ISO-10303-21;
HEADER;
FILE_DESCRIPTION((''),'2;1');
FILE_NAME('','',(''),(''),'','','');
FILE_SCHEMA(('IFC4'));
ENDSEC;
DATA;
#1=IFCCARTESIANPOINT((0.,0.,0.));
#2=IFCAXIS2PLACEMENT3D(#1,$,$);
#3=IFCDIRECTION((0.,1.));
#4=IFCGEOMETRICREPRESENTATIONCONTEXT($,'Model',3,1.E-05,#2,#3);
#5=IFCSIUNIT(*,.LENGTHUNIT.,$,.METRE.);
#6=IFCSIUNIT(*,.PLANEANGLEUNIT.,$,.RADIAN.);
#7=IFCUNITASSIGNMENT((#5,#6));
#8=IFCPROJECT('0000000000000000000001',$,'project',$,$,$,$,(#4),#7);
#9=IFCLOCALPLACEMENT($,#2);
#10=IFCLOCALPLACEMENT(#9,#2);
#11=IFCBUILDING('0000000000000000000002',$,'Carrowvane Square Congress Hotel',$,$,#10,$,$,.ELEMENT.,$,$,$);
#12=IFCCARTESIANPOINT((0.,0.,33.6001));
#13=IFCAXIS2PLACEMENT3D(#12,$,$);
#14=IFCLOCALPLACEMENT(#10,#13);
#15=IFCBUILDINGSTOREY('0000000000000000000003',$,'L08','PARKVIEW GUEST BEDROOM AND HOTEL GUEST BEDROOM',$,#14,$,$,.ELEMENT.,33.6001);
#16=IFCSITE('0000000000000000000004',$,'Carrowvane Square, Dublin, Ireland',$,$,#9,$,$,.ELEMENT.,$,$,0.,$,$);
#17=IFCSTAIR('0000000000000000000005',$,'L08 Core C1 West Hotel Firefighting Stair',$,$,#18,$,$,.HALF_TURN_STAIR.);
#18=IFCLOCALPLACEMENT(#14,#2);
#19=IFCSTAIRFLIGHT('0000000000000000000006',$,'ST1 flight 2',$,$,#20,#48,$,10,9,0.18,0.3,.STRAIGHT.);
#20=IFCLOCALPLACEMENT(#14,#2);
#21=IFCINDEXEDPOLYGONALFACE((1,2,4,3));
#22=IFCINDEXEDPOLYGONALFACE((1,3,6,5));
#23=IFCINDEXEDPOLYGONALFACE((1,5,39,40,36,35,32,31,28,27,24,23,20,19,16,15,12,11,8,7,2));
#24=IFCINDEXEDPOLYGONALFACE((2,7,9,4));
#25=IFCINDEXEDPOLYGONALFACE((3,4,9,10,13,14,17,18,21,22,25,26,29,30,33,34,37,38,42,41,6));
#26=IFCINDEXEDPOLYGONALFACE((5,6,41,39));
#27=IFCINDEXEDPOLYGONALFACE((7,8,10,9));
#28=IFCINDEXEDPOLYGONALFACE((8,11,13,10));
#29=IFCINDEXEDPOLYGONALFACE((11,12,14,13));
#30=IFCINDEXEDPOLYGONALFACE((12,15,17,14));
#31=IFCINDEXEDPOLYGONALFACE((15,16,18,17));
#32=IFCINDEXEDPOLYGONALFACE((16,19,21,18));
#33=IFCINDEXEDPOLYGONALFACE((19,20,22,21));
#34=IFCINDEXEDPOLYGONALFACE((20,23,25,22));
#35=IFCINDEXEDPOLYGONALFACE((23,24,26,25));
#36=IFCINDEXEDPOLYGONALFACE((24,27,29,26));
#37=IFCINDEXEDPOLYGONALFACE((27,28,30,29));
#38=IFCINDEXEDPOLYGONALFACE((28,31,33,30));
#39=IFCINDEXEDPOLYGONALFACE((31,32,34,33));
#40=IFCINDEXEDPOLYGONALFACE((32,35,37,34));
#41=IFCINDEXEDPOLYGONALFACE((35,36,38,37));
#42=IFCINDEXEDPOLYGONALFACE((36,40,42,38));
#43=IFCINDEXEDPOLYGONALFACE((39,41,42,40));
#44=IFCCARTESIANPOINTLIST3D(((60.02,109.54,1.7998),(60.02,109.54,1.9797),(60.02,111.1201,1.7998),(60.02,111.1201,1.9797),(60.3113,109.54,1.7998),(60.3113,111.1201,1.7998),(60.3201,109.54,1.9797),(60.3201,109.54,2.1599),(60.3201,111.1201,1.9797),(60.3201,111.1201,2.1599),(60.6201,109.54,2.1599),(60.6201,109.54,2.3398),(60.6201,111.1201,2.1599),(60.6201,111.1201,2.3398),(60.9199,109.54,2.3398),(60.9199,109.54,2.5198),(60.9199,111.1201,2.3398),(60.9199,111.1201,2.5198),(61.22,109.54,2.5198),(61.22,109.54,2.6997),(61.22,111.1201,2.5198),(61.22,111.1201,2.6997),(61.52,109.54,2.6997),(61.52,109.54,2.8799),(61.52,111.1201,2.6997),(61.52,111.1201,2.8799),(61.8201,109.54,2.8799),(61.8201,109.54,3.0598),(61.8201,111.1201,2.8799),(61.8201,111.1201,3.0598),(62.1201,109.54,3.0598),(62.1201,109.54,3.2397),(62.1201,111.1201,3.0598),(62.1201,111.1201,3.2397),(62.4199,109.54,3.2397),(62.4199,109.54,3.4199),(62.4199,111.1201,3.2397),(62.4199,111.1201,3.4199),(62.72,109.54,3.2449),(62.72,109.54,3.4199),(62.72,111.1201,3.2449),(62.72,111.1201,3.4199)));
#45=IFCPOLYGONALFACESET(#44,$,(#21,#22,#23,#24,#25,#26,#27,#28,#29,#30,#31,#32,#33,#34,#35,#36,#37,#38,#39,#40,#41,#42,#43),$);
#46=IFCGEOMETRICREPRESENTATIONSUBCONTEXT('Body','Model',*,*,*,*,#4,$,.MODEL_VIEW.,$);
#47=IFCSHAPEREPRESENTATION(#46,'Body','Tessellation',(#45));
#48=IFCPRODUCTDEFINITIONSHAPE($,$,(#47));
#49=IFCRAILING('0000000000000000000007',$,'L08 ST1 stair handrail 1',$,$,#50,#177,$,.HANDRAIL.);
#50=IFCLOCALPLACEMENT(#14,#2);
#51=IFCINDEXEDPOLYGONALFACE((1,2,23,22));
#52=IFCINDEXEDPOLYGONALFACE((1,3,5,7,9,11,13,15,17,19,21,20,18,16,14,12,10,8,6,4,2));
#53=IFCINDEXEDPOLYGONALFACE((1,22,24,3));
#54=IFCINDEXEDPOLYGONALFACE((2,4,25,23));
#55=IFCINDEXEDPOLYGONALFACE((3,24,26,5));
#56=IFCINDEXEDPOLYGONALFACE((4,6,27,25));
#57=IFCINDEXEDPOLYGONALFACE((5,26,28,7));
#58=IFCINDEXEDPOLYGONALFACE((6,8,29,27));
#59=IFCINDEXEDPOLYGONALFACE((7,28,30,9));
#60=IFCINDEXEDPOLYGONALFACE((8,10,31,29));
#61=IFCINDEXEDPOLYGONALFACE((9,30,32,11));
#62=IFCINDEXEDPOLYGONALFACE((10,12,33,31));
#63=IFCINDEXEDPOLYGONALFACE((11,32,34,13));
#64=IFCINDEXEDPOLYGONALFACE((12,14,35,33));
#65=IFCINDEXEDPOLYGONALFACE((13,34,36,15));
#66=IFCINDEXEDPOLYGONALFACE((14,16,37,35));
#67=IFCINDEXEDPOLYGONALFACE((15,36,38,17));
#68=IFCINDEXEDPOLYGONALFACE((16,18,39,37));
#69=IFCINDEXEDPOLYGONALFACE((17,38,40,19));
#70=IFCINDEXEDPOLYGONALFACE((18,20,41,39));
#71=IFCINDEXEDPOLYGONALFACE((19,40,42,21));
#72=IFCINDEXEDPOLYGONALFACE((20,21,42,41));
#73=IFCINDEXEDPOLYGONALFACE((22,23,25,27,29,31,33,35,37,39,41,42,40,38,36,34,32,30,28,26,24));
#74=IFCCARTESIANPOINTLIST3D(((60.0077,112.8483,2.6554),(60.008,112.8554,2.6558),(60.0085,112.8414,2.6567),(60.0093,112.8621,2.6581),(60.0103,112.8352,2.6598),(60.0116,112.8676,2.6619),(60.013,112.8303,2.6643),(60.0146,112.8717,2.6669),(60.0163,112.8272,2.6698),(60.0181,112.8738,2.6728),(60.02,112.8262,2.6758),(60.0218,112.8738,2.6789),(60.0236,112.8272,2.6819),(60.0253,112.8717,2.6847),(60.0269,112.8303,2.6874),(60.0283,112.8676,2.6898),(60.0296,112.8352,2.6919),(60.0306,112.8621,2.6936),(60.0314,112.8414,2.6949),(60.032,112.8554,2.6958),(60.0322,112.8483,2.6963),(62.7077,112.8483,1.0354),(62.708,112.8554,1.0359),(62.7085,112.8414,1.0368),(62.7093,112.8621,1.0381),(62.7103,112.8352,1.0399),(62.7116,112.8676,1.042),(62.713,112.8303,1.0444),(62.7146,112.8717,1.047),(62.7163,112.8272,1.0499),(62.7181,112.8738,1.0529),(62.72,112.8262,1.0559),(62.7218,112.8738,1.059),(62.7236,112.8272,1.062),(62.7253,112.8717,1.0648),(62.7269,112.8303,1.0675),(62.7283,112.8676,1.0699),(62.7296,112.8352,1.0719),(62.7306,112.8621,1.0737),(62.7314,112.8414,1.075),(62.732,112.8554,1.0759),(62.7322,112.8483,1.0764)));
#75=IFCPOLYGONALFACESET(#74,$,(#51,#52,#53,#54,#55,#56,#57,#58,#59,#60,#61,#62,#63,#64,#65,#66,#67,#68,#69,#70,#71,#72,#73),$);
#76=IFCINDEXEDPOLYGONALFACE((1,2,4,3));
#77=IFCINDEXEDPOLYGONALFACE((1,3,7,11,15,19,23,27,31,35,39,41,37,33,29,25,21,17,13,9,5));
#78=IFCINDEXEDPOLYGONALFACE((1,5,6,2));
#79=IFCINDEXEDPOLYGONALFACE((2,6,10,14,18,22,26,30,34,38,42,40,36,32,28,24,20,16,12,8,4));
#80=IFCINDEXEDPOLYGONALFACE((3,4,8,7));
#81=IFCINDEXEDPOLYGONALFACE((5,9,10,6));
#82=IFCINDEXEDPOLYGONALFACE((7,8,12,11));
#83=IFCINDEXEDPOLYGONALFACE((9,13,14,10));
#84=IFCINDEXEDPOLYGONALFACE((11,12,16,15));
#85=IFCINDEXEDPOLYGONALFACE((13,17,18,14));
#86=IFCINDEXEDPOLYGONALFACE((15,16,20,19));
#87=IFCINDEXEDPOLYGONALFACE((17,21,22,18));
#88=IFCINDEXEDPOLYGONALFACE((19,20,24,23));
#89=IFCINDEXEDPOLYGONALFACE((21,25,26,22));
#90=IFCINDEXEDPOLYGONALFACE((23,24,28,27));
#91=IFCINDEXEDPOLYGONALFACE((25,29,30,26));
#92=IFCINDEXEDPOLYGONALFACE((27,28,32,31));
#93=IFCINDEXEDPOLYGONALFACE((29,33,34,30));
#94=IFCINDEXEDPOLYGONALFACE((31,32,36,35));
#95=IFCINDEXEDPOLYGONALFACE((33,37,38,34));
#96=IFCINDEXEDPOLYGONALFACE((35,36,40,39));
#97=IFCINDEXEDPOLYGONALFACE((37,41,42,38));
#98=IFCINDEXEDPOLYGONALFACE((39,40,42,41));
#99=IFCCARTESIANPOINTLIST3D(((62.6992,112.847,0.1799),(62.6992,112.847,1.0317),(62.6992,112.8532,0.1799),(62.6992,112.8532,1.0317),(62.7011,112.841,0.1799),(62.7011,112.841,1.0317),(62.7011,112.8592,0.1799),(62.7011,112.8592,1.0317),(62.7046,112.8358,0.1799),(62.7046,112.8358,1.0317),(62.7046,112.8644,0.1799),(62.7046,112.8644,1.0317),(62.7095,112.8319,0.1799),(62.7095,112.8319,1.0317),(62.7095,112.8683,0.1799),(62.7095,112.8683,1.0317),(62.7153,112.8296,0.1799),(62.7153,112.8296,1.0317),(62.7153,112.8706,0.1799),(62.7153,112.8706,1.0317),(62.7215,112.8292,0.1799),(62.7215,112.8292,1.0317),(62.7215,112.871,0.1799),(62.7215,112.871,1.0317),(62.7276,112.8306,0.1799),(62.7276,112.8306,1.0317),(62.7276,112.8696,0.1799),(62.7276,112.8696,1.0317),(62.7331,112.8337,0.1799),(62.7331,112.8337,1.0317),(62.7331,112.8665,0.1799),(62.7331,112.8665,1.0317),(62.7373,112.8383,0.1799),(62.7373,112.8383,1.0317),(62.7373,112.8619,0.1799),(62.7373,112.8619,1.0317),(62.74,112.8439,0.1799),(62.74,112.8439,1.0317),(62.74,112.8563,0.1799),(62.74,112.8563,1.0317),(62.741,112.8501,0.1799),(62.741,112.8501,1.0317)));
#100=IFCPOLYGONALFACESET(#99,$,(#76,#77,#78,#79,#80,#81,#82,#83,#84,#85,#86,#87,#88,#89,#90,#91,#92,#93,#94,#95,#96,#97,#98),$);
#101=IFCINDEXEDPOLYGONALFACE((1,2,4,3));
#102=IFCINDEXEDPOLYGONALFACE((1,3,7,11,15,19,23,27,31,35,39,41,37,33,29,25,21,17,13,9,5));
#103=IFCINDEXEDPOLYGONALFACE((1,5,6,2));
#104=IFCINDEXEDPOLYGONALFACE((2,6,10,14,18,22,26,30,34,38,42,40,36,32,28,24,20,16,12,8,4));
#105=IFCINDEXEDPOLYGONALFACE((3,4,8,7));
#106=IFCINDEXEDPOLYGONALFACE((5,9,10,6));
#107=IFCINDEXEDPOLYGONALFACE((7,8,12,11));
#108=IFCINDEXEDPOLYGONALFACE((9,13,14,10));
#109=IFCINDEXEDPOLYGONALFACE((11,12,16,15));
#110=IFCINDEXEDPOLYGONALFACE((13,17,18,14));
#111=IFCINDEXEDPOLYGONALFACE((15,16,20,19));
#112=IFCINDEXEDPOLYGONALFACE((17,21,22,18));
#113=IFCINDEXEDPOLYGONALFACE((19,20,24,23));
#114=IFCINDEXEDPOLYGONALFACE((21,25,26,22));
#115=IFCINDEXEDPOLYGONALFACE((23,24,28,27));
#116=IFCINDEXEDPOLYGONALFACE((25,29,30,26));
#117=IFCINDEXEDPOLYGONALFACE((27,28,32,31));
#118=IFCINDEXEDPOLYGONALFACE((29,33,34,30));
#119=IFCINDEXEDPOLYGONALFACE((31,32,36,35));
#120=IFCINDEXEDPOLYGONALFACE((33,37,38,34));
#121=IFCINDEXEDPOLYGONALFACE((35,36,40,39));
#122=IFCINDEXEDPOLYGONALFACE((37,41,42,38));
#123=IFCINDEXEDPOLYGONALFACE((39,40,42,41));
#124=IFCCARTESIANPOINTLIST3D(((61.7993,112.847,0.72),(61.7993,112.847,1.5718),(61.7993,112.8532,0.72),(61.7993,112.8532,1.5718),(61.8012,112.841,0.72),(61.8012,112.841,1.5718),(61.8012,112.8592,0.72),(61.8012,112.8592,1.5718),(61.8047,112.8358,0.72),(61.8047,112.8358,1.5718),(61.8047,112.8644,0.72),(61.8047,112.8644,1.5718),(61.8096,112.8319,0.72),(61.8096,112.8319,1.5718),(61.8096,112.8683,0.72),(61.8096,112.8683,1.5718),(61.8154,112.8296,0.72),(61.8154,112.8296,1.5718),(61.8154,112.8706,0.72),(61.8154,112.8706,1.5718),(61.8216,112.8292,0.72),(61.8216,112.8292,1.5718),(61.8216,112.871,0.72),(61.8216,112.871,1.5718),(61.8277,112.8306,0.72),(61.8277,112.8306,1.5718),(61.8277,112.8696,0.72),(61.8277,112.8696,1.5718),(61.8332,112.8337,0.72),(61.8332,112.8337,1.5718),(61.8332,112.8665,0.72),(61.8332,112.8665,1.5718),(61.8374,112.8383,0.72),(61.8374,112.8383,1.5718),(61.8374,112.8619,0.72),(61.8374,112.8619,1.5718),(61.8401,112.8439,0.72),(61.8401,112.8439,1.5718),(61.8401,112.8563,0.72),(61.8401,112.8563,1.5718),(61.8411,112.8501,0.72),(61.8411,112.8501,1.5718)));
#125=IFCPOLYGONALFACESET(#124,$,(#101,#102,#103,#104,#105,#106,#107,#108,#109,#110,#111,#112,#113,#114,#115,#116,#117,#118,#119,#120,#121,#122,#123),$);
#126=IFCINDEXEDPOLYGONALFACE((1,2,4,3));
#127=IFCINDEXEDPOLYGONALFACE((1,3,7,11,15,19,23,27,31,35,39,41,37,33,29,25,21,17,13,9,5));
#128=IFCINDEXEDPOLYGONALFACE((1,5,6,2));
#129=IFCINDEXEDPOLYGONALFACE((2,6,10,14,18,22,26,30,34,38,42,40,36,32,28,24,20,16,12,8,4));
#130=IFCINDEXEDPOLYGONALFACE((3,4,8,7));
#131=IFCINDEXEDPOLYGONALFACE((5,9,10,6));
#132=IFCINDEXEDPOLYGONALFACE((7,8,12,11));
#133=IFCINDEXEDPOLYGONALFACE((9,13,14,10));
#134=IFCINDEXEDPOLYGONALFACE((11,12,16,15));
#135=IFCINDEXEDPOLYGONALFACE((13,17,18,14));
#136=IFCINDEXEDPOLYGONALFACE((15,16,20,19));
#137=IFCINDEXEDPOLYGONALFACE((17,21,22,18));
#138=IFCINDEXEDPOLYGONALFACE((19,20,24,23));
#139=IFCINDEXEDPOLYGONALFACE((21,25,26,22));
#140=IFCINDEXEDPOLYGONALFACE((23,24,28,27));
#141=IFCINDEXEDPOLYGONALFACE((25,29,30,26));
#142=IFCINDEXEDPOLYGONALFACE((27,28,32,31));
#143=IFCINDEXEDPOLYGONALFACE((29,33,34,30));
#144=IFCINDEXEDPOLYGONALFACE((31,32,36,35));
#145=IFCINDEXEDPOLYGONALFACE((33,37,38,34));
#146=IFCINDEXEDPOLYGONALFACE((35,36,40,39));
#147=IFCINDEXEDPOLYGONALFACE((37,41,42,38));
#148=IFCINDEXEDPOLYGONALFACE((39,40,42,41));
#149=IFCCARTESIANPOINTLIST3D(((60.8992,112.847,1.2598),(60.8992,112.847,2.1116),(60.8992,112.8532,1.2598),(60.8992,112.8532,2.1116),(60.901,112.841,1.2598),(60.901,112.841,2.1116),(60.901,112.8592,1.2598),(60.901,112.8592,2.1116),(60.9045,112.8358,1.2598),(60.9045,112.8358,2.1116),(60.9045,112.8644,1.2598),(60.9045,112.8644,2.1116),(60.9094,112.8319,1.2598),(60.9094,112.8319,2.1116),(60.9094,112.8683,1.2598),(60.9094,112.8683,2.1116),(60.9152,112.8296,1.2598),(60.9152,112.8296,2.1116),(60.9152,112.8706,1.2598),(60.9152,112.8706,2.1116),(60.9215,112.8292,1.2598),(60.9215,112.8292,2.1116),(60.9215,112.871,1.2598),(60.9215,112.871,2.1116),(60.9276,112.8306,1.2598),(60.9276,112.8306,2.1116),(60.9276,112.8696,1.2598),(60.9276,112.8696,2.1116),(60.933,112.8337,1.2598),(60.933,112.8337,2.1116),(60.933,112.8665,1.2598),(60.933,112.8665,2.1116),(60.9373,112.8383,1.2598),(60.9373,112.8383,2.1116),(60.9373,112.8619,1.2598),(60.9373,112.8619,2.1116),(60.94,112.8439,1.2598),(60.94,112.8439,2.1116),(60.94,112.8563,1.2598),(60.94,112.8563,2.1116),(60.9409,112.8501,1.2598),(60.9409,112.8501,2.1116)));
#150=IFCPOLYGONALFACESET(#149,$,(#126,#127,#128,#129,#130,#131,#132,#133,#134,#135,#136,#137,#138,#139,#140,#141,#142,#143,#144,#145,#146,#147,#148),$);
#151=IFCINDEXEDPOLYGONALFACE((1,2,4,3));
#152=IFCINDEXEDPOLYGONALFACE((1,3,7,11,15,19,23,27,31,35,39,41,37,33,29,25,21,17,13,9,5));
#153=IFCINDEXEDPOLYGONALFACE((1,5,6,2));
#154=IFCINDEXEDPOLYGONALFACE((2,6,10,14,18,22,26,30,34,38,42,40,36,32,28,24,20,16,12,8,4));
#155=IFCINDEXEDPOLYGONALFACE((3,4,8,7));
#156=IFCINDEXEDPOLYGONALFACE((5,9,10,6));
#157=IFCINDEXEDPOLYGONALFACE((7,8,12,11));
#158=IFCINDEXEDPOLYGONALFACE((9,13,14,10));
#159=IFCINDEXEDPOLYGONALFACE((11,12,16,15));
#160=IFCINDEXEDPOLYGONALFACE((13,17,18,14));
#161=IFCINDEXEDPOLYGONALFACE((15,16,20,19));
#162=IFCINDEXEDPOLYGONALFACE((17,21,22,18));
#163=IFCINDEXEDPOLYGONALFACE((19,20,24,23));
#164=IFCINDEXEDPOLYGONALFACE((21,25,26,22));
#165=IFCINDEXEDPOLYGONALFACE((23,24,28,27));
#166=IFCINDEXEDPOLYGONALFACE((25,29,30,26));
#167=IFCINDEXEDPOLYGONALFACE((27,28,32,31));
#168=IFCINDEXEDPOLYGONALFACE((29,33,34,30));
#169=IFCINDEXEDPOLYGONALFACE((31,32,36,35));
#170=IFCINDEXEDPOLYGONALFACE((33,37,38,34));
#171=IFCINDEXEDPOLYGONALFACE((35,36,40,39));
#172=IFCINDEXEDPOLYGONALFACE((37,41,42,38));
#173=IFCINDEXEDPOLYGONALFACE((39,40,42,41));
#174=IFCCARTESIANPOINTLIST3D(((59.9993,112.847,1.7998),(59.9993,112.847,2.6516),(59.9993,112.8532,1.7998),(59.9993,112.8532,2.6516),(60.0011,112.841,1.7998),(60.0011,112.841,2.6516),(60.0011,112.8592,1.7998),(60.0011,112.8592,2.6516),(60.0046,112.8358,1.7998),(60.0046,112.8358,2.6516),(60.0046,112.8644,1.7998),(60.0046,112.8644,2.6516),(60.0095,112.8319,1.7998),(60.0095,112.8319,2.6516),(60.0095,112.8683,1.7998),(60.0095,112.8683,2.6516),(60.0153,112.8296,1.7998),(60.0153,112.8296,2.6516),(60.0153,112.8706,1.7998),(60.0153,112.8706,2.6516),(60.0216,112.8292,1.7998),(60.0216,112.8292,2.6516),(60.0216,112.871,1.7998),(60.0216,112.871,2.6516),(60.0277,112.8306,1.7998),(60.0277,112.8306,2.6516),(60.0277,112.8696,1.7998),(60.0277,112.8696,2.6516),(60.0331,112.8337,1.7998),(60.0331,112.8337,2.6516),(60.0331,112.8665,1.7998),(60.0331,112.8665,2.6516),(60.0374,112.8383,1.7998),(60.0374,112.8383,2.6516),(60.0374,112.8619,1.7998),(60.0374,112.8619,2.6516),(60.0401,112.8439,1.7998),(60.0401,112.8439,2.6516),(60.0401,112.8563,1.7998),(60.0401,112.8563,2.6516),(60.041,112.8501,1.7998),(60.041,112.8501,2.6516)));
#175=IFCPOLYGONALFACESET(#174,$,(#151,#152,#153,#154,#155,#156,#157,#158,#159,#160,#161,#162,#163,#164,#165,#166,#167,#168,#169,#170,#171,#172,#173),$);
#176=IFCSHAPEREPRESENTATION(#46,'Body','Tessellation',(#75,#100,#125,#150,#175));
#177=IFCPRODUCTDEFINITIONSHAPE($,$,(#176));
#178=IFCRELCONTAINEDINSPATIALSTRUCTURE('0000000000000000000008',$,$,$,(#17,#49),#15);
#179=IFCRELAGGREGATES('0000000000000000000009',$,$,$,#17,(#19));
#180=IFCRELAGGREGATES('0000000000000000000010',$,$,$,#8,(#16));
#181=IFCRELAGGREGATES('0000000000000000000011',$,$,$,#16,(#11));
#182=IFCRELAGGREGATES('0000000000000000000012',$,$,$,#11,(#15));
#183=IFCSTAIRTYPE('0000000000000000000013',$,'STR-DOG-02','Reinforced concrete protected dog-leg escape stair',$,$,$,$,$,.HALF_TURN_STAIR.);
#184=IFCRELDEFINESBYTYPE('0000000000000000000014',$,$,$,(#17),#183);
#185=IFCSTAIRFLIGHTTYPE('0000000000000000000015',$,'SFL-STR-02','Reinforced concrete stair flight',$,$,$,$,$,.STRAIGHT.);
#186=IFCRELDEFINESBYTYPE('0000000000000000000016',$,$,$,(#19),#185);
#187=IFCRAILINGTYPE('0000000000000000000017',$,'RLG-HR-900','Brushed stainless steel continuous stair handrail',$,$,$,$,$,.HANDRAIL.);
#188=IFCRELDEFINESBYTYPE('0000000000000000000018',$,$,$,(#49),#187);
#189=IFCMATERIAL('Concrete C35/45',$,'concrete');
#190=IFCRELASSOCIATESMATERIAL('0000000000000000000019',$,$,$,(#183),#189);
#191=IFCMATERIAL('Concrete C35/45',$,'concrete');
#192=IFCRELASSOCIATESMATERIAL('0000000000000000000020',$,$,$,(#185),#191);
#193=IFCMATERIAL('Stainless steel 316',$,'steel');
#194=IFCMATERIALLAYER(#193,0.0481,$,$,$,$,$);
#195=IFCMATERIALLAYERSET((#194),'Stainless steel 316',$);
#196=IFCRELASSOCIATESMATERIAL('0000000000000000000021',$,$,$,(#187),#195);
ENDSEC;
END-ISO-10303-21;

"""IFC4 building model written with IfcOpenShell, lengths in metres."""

from ifc_helpers import new_model, si_unit, direction, frame, origin, origin_2d, place, context, subcontext, project, spatial, polyline, circle, outline, extrude, material, layer, layer_set, type_object, element, aggregate, save


model = new_model("IFC4")

# Units and contexts
model_context = context("Model", 3, precision=1e-05, world=origin(), true_north=direction((0.0, 1.0)))
body_context = subcontext(model_context, "Body", "Model", "MODEL_VIEW")
ifc_project = project(units=[si_unit("LENGTHUNIT", "METRE"), si_unit("PLANEANGLEUNIT", "RADIAN")], contexts=[model_context])

# Site, building, storey
site_placement = place(None, origin())
site = spatial("IfcSite", under=ifc_project, at=site_placement, Name="Carrowvane Square, Dublin, Ireland", CompositionType="ELEMENT", RefElevation=0.0)
building_placement = place(site_placement, origin())
building = spatial("IfcBuilding", under=site, at=building_placement, Name="Carrowvane Square Congress Hotel", CompositionType="ELEMENT")
storey_placement = place(building_placement, frame((0.0, 0.0, 33.6001)))
storey = spatial("IfcBuildingStorey", under=building, at=storey_placement, Name="L08", Description="PARKVIEW GUEST BEDROOM AND HOTEL GUEST BEDROOM", CompositionType="ELEMENT", Elevation=33.6001)

# Stair, stair flight
ifc_material_1 = material(Name="Concrete C35/45", Category="concrete")
stair_type = type_object("IfcStairType", Name="STR-DOG-02", Description="Reinforced concrete protected dog-leg escape stair", PredefinedType="HALF_TURN_STAIR", material=ifc_material_1)
stair_placement = place(storey_placement, origin())
stair = element("IfcStair", 1, at=stair_placement, inside=storey, type_object=stair_type, Name="L08 Core C1 West Hotel Firefighting Stair", PredefinedType="HALF_TURN_STAIR")
ifc_material_2 = material(Name="Concrete C35/45", Category="concrete")
stair_flight_type = type_object("IfcStairFlightType", Name="SFL-STR-02", Description="Reinforced concrete stair flight", PredefinedType="STRAIGHT", material=ifc_material_2)
stair_flight_1_placement = place(storey_placement, frame((60.02, 110.3301, 1.7998), z_axis=(0.0, 0.0, 1.0), x_axis=(1.0, 0.0, 0.0)))
stair_flight_1 = element("IfcStairFlight", 2, at=stair_flight_1_placement, type_object=stair_flight_type, Name="ST1 flight 2", NumberOfRisers=10, NumberOfTreads=9, PredefinedType="STRAIGHT", RiserHeight=0.18, TreadLength=0.3, context=body_context, shape_type="SweptSolid", body=[
    extrude(outline(polyline([(0.0, 0.0), (0.0, 0.1799), (0.3, 0.1799), (0.3, 0.3601), (0.6001, 0.3601), (0.6001, 0.54), (0.8999, 0.54), (0.8999, 0.72), (1.2, 0.72), (1.2, 0.8999), (1.5, 0.8999), (1.5, 1.0801), (1.8, 1.0801), (1.8, 1.26), (2.1001, 1.26), (2.1001, 1.4399), (2.3999, 1.4399), (2.3999, 1.6201), (2.7, 1.6201), (2.7, 1.8), (2.7, 1.4451), (0.2913, 0.0), (0.0, 0.0)])), frame((0.0, 0.79, 0.0), z_axis=(0.0, -1.0, 0.0), x_axis=(1.0, 0.0, 0.0)), (0.0, 0.0, 1.0), 1.5801),
])
aggregate(stair, [stair_flight_1])

# Railing
ifc_material_3 = material(Name="Stainless steel 316", Category="steel")
ifc_layer_1 = layer(ifc_material_3, 0.0481)
ifc_layer_set_1 = layer_set([ifc_layer_1], Name="Stainless steel 316")
railing_type_1 = type_object("IfcRailingType", Name="RLG-HR-900", Description="Brushed stainless steel continuous stair handrail", PredefinedType="HANDRAIL", material=ifc_layer_set_1)
railing_1_placement = place(storey_placement, frame((62.72, 112.8501, 0.1799)))
element("IfcRailing", 3, at=railing_1_placement, inside=storey, type_object=railing_type_1, Name="L08 ST1 stair handrail 1", PredefinedType="HANDRAIL", context=body_context, shape_type="SweptSolid", body=[
    extrude(circle(Radius=0.0239, at=origin_2d()), frame((0.0, 0.0, 0.876), z_axis=(-0.857507, 0.0, 0.514473), x_axis=(0.0, -1.0, 0.0)), (0.0, 0.0, 1.0), 3.1487),
    extrude(circle(Radius=0.021, at=origin_2d()), origin(), (0.0, 0.0, 1.0), 0.8518),
    extrude(circle(Radius=0.021, at=origin_2d()), frame((-0.8999, 0.0, 0.54)), (0.0, 0.0, 1.0), 0.8518),
    extrude(circle(Radius=0.021, at=origin_2d()), frame((-1.8, 0.0, 1.0798)), (0.0, 0.0, 1.0), 0.8518),
    extrude(circle(Radius=0.021, at=origin_2d()), frame((-2.7, 0.0, 1.6199)), (0.0, 0.0, 1.0), 0.8518),
])

save(model, "model.ifc")
